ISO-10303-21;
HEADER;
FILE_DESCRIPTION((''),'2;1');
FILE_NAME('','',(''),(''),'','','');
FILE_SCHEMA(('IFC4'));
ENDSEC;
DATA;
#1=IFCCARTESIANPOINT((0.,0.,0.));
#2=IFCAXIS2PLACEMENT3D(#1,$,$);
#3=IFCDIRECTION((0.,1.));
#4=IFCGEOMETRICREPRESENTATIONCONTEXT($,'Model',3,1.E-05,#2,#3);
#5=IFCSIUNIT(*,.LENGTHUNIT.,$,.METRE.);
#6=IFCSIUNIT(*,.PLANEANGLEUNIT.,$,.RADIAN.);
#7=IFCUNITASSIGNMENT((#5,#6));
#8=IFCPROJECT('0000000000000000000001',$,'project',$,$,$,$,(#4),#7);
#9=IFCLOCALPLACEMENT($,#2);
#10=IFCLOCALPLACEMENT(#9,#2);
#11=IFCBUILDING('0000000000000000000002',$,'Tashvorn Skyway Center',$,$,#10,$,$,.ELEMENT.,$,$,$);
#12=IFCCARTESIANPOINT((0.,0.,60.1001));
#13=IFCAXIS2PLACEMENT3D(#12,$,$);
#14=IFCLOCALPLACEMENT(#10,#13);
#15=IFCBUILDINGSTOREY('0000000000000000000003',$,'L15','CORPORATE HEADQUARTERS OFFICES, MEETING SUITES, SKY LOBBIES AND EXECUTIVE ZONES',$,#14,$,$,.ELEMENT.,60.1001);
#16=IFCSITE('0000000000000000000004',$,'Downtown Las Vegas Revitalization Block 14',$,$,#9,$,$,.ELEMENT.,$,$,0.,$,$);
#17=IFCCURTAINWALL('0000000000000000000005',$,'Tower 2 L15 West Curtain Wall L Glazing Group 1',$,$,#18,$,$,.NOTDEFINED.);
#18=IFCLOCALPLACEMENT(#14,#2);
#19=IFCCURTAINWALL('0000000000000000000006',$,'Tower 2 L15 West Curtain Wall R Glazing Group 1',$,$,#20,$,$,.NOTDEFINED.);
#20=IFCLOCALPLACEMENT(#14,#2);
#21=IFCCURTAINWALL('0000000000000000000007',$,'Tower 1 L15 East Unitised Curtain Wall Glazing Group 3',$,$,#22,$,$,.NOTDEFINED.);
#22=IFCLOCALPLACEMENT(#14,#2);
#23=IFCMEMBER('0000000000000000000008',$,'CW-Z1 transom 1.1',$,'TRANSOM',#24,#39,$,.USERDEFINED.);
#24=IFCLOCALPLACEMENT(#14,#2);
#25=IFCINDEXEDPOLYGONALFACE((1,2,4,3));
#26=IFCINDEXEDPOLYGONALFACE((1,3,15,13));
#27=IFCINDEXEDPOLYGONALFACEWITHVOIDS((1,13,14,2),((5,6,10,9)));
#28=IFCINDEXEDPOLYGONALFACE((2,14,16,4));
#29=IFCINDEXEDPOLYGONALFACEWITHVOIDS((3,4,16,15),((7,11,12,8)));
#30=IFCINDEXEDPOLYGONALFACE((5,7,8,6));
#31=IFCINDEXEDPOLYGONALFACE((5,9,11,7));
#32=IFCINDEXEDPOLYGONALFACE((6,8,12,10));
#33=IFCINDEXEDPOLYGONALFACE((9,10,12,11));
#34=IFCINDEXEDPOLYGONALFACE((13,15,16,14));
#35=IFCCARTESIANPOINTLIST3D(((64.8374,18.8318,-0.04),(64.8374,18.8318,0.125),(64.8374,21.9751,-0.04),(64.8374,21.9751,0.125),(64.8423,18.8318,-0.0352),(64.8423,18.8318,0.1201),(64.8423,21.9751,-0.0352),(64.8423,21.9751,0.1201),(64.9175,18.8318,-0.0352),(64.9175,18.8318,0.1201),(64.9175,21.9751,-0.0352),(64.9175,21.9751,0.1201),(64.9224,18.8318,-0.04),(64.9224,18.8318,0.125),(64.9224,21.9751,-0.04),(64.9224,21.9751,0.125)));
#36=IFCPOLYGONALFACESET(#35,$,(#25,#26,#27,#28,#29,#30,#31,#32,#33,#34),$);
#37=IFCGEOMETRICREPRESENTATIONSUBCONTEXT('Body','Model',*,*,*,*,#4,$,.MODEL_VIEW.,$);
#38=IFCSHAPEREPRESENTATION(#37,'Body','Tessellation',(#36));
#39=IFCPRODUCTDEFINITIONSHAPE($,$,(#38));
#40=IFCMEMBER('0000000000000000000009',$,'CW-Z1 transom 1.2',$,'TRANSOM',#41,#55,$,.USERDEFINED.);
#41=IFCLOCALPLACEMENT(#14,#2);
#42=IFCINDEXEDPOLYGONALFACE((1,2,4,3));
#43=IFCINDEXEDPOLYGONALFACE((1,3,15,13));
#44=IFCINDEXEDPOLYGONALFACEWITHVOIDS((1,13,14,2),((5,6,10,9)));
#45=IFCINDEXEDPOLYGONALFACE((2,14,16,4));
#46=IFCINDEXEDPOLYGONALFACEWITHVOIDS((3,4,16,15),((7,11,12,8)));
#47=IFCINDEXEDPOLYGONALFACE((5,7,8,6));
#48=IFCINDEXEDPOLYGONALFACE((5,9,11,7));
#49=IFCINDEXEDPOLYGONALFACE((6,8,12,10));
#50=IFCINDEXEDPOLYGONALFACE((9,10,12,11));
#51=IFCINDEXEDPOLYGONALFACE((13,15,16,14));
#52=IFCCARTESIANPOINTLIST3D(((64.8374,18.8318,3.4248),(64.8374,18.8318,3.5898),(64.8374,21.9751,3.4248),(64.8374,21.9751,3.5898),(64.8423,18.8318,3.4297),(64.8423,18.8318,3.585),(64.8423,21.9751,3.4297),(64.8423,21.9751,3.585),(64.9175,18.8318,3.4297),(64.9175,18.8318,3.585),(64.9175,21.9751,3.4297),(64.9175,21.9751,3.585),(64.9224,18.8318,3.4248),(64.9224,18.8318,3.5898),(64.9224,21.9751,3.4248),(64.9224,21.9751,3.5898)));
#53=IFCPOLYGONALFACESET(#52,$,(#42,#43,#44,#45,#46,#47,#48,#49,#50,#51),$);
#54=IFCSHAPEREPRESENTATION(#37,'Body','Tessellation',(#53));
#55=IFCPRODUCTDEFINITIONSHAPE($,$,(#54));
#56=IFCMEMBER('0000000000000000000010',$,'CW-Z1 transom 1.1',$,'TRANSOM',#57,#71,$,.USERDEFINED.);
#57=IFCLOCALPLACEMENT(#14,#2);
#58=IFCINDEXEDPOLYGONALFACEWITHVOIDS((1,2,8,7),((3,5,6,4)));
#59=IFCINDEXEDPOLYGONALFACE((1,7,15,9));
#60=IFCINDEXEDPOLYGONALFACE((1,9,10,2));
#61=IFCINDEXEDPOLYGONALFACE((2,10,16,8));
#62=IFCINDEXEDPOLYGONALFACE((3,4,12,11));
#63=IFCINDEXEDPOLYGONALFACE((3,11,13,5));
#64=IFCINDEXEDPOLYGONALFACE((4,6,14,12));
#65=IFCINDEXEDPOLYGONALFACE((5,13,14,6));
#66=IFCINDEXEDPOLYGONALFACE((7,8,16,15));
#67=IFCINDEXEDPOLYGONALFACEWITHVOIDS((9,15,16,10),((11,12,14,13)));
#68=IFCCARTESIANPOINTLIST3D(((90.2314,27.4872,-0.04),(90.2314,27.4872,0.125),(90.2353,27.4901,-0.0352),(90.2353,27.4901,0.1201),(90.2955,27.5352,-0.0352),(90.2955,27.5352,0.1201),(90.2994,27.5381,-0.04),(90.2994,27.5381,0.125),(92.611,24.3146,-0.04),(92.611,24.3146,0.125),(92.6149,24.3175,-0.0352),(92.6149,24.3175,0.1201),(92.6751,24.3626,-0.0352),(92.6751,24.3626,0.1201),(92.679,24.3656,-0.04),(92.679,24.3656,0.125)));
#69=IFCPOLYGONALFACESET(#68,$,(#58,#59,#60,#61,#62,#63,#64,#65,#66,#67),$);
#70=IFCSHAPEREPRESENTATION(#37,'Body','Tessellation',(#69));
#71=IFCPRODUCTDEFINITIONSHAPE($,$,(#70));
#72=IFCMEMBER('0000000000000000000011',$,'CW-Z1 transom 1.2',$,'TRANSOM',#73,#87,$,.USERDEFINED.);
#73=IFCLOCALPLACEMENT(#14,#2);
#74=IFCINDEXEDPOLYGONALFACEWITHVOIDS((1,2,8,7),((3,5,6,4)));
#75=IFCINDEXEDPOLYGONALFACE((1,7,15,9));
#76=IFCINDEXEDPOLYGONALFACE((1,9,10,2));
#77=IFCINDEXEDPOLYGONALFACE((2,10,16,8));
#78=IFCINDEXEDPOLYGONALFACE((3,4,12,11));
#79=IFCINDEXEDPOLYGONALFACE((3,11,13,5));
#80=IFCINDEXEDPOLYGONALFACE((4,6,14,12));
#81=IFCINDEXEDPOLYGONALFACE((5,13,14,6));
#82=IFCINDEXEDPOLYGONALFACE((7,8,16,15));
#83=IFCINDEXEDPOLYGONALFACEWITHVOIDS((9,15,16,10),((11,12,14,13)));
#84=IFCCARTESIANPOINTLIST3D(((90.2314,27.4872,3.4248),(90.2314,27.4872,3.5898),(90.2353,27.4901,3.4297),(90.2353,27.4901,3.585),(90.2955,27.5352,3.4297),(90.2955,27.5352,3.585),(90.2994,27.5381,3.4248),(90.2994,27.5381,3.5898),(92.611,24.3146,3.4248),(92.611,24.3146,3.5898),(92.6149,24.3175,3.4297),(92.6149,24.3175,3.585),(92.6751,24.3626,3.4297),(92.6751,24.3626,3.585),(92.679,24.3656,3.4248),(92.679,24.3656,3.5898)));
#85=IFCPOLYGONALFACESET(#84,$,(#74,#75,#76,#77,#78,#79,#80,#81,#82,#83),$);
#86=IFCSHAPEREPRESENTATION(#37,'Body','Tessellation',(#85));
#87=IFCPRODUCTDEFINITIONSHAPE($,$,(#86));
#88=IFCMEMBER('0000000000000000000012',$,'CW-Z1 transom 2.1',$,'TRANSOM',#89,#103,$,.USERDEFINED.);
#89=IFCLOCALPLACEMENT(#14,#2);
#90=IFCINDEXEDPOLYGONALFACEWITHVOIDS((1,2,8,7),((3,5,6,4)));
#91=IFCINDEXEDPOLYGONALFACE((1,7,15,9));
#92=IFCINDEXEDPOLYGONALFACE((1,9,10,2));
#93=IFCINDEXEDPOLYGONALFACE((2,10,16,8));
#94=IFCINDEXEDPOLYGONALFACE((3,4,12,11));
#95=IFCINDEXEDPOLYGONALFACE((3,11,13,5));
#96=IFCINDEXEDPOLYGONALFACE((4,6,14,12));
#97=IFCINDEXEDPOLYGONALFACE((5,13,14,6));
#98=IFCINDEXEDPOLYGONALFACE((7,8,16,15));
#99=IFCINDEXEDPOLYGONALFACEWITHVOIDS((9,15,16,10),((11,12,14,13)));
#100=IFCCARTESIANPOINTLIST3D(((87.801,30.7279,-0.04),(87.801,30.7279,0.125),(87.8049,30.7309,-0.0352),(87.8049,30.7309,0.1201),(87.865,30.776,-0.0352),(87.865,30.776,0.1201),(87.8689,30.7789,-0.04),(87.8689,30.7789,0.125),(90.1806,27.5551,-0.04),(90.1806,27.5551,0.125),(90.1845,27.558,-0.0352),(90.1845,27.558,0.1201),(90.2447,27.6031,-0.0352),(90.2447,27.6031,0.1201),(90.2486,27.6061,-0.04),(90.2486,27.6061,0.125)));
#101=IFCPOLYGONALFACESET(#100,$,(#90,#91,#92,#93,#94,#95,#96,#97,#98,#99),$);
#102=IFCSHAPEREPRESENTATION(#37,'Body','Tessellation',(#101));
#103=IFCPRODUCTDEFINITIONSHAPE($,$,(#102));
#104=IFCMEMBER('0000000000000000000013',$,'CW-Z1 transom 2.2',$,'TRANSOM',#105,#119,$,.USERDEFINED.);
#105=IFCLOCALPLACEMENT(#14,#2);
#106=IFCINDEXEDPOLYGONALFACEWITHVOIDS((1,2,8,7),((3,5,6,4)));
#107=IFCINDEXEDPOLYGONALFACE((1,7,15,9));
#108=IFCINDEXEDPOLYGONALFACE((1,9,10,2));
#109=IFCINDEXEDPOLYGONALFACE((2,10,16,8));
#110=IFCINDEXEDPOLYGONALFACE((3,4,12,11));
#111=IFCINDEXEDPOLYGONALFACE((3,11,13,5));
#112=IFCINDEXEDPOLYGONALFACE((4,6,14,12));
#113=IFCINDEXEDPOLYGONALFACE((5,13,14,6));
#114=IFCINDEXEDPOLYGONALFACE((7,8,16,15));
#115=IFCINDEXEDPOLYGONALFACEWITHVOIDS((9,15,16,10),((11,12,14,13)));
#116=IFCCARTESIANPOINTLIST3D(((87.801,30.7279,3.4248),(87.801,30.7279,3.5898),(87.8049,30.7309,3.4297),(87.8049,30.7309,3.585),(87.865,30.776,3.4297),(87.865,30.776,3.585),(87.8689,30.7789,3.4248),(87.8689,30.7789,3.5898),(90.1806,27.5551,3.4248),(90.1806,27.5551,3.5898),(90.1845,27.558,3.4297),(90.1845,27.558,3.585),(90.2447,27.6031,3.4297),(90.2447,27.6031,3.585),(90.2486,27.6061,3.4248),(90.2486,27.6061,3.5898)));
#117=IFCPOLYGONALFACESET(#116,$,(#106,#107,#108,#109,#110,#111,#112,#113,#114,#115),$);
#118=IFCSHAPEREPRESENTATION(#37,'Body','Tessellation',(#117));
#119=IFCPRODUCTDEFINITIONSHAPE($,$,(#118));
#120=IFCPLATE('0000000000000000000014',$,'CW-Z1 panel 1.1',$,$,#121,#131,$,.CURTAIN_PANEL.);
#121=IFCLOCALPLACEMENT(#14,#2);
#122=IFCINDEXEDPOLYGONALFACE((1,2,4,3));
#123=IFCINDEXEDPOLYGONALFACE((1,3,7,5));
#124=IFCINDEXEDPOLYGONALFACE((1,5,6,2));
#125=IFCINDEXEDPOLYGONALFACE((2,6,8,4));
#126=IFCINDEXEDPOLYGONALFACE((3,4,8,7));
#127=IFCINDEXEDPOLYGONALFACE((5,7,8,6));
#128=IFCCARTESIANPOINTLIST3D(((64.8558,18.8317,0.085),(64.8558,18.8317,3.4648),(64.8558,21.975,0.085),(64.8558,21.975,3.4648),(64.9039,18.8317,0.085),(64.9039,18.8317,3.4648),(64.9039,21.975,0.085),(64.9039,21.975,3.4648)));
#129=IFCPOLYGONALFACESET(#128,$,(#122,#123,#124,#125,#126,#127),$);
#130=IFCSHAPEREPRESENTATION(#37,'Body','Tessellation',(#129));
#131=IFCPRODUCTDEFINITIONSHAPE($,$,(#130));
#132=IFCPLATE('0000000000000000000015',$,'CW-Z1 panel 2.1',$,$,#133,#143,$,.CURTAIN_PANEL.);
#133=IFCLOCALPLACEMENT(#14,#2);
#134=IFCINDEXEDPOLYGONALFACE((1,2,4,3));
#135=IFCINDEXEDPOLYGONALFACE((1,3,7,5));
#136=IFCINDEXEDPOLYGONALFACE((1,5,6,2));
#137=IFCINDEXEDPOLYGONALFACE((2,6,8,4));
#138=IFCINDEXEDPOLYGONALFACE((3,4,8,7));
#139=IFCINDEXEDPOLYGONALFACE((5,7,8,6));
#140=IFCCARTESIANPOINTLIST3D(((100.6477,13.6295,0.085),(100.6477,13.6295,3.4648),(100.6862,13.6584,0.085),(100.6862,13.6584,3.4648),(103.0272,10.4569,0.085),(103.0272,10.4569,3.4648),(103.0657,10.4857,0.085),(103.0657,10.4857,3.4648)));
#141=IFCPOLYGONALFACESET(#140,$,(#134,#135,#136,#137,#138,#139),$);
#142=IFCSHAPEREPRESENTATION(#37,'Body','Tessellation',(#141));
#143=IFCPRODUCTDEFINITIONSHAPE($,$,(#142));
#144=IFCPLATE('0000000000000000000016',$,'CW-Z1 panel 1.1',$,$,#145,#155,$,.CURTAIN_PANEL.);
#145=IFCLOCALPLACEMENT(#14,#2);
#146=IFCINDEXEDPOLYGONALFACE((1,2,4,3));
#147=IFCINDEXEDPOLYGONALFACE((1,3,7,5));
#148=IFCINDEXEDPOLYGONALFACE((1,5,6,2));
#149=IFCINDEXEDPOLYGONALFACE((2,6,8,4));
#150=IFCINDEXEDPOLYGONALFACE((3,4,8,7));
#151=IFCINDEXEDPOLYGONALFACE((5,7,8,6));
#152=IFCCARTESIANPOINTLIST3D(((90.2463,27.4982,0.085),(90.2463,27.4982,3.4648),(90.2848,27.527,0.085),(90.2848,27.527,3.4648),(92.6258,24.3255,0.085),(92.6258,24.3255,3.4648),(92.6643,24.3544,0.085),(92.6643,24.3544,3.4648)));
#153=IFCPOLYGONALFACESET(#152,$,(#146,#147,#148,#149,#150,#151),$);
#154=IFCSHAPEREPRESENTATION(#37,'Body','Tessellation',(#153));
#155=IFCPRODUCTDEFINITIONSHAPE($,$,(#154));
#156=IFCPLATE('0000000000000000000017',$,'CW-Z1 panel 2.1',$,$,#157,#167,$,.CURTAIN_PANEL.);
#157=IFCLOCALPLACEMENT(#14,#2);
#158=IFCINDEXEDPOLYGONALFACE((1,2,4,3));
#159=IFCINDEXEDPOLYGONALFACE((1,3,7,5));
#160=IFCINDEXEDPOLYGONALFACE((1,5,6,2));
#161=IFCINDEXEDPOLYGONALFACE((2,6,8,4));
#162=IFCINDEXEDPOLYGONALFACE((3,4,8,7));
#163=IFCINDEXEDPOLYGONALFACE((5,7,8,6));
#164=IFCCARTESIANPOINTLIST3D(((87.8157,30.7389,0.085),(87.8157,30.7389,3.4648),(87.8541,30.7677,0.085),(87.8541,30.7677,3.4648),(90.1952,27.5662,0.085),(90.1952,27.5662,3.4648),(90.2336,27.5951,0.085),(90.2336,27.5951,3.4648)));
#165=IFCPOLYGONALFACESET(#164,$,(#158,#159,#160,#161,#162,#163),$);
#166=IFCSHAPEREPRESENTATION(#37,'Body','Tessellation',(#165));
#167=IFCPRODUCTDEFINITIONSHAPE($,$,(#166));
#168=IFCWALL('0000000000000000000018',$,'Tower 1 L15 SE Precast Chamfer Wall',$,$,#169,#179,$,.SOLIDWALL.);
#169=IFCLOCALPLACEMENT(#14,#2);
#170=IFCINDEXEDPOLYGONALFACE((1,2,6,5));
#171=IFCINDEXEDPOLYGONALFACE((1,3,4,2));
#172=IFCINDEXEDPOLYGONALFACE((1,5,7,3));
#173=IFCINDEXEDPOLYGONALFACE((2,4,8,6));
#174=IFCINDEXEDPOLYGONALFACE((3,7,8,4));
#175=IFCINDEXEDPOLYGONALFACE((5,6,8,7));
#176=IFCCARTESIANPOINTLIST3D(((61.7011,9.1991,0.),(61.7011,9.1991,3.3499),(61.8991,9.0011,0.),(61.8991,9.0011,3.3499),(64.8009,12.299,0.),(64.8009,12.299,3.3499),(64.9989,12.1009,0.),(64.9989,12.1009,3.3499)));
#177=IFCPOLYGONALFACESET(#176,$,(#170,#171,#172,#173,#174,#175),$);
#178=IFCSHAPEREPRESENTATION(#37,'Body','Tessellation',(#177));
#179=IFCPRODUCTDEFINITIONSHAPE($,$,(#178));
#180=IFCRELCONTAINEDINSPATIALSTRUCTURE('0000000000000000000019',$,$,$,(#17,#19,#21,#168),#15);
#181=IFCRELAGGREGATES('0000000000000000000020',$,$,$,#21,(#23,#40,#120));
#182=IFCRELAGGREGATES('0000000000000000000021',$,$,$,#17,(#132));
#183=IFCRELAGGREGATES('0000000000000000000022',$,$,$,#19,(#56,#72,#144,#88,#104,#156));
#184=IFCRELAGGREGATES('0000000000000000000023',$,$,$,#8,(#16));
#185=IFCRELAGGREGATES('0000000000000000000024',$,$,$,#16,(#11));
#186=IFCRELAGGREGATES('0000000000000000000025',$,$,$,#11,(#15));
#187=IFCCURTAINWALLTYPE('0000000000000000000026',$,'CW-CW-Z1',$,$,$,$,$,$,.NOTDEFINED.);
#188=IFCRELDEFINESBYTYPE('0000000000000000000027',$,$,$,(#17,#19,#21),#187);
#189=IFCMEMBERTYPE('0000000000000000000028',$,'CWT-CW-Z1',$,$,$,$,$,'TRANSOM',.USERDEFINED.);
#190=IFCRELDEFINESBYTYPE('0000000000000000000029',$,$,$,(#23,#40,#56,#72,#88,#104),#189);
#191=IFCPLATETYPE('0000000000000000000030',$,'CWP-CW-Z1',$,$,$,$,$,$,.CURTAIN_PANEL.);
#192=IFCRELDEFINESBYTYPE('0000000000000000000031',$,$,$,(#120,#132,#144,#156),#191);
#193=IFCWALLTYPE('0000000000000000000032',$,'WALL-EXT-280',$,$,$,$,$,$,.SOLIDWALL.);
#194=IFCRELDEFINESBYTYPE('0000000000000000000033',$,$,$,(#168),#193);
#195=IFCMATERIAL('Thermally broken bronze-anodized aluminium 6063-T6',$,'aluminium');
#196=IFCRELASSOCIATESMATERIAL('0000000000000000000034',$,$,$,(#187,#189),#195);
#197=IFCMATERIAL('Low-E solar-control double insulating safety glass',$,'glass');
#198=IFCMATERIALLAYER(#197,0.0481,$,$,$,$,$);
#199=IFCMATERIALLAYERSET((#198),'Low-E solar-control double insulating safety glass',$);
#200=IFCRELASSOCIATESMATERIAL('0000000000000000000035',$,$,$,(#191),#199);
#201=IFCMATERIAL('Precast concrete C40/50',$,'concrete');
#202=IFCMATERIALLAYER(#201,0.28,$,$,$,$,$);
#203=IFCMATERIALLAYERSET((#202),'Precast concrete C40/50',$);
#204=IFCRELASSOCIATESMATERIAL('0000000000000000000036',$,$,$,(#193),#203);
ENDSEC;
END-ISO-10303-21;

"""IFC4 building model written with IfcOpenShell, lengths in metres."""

from ifc_helpers import new_model, si_unit, direction, frame, frame_2d, origin, origin_2d, place, context, subcontext, project, spatial, rectangle, hollow_rectangle, extrude, material, layer, layer_set, material_profile, profile_set, type_object, element, aggregate, save


model = new_model("IFC4")

# Units and contexts
model_context = context("Model", 3, precision=1e-05, world=origin(), true_north=direction((0.0, 1.0)))
body_context = subcontext(model_context, "Body", "Model", "MODEL_VIEW")
ifc_project = project(units=[si_unit("LENGTHUNIT", "METRE"), si_unit("PLANEANGLEUNIT", "RADIAN")], contexts=[model_context])

# Site, building, storey
site_placement = place(None, origin())
site = spatial("IfcSite", under=ifc_project, at=site_placement, Name="Downtown Las Vegas Revitalization Block 14", CompositionType="ELEMENT", RefElevation=0.0)
building_placement = place(site_placement, origin())
building = spatial("IfcBuilding", under=site, at=building_placement, Name="Tashvorn Skyway Center", CompositionType="ELEMENT")
storey_placement = place(building_placement, frame((0.0, 0.0, 60.1001)))
storey = spatial("IfcBuildingStorey", under=building, at=storey_placement, Name="L15", Description="CORPORATE HEADQUARTERS OFFICES, MEETING SUITES, SKY LOBBIES AND EXECUTIVE ZONES", CompositionType="ELEMENT", Elevation=60.1001)

# Curtain wall
ifc_material_1 = material(Name="Thermally broken bronze-anodized aluminium 6063-T6", Category="aluminium")
curtain_wall_type = type_object("IfcCurtainWallType", Name="CW-CW-Z1", PredefinedType="NOTDEFINED", material=ifc_material_1)
curtain_wall_1_placement = place(storey_placement, origin())
curtain_wall_1 = element("IfcCurtainWall", 1, at=curtain_wall_1_placement, inside=storey, type_object=curtain_wall_type, Name="Tower 2 L15 West Curtain Wall L Glazing Group 1", PredefinedType="NOTDEFINED")

# Curtain walls, members
curtain_wall_2_placement = place(storey_placement, origin())
curtain_wall_2 = element("IfcCurtainWall", 2, at=curtain_wall_2_placement, inside=storey, type_object=curtain_wall_type, Name="Tower 2 L15 West Curtain Wall R Glazing Group 1", PredefinedType="NOTDEFINED")
curtain_wall_3_placement = place(storey_placement, origin())
curtain_wall_3 = element("IfcCurtainWall", 3, at=curtain_wall_3_placement, inside=storey, type_object=curtain_wall_type, Name="Tower 1 L15 East Unitised Curtain Wall Glazing Group 3", PredefinedType="NOTDEFINED")
ifc_material_profile_1 = material_profile(ifc_material_1, hollow_rectangle(XDim=0.085, YDim=0.165, WallThickness=0.0049, at=origin_2d()), Name="ALU-TRAN-85x165")
ifc_profile_set_1 = profile_set([ifc_material_profile_1], Name="Thermally broken bronze-anodized aluminium 6063-T6")
member_type_1 = type_object("IfcMemberType", Name="CWT-CW-Z1", ElementType="TRANSOM", PredefinedType="USERDEFINED", material=ifc_profile_set_1)
member_1_placement = place(storey_placement, frame((64.8799, 21.9751, 0.0425), z_axis=(0.0, -1.0, 0.0), x_axis=(1.0, 0.0, 0.0)))
member_1 = element("IfcMember", 4, at=member_1_placement, type_object=member_type_1, Name="CW-Z1 transom 1.1", ObjectType="TRANSOM", PredefinedType="USERDEFINED", context=body_context, shape_type="SweptSolid", body=[
    extrude(hollow_rectangle(XDim=0.085, YDim=0.165, WallThickness=0.0049, at=origin_2d()), origin(), (0.0, 0.0, 1.0), 3.1433),
])
member_2_placement = place(storey_placement, frame((64.8799, 21.9751, 3.5073), z_axis=(0.0, -1.0, 0.0), x_axis=(1.0, 0.0, 0.0)))
member_2 = element("IfcMember", 5, at=member_2_placement, type_object=member_type_1, Name="CW-Z1 transom 1.2", ObjectType="TRANSOM", PredefinedType="USERDEFINED", context=body_context, shape_type="SweptSolid", body=[
    extrude(hollow_rectangle(XDim=0.085, YDim=0.165, WallThickness=0.0049, at=origin_2d()), origin(), (0.0, 0.0, 1.0), 3.1433),
])

# Members
member_3_placement = place(storey_placement, frame((92.645, 24.3401, 0.0425), z_axis=(-0.60003, 0.799978, 0.0), x_axis=(-0.799978, -0.60003, 0.0)))
member_3 = element("IfcMember", 6, at=member_3_placement, type_object=member_type_1, Name="CW-Z1 transom 1.1", ObjectType="TRANSOM", PredefinedType="USERDEFINED", context=body_context, shape_type="SweptSolid", body=[
    extrude(hollow_rectangle(XDim=0.085, YDim=0.165, WallThickness=0.0049, at=origin_2d()), origin(), (0.0, 0.0, 1.0), 3.9658),
])
member_4_placement = place(storey_placement, frame((92.645, 24.3401, 3.5073), z_axis=(-0.60003, 0.799978, 0.0), x_axis=(-0.799978, -0.60003, 0.0)))
member_4 = element("IfcMember", 7, at=member_4_placement, type_object=member_type_1, Name="CW-Z1 transom 1.2", ObjectType="TRANSOM", PredefinedType="USERDEFINED", context=body_context, shape_type="SweptSolid", body=[
    extrude(hollow_rectangle(XDim=0.085, YDim=0.165, WallThickness=0.0049, at=origin_2d()), origin(), (0.0, 0.0, 1.0), 3.9658),
])
member_5_placement = place(storey_placement, frame((90.2146, 27.5806, 0.0425), z_axis=(-0.6, 0.8, 0.0), x_axis=(-0.8, -0.6, 0.0)))
member_5 = element("IfcMember", 8, at=member_5_placement, type_object=member_type_1, Name="CW-Z1 transom 2.1", ObjectType="TRANSOM", PredefinedType="USERDEFINED", context=body_context, shape_type="SweptSolid", body=[
    extrude(hollow_rectangle(XDim=0.085, YDim=0.165, WallThickness=0.0049, at=origin_2d()), origin(), (0.0, 0.0, 1.0), 3.9661),
])
member_6_placement = place(storey_placement, frame((90.2146, 27.5806, 3.5073), z_axis=(-0.6, 0.8, 0.0), x_axis=(-0.8, -0.6, 0.0)))
member_6 = element("IfcMember", 9, at=member_6_placement, type_object=member_type_1, Name="CW-Z1 transom 2.2", ObjectType="TRANSOM", PredefinedType="USERDEFINED", context=body_context, shape_type="SweptSolid", body=[
    extrude(hollow_rectangle(XDim=0.085, YDim=0.165, WallThickness=0.0049, at=origin_2d()), origin(), (0.0, 0.0, 1.0), 3.9661),
])

# Plates
ifc_material_2 = material(Name="Low-E solar-control double insulating safety glass", Category="glass")
ifc_layer_1 = layer(ifc_material_2, 0.0481)
ifc_layer_set_1 = layer_set([ifc_layer_1], Name="Low-E solar-control double insulating safety glass")
plate_type = type_object("IfcPlateType", Name="CWP-CW-Z1", PredefinedType="CURTAIN_PANEL", material=ifc_layer_set_1)
plate_1_placement = place(storey_placement, frame((64.8799, 20.4033, 0.085), z_axis=(0.0, 0.0, 1.0), x_axis=(0.0, -1.0, 0.0)))
plate_1 = element("IfcPlate", 10, at=plate_1_placement, type_object=plate_type, Name="CW-Z1 panel 1.1", PredefinedType="CURTAIN_PANEL", context=body_context, shape_type="SweptSolid", body=[
    extrude(rectangle(XDim=3.1433, YDim=0.0481, at=origin_2d()), origin(), (0.0, 0.0, 1.0), 3.3799),
])
aggregate(curtain_wall_3, [member_1, member_2, plate_1])
plate_2_placement = place(storey_placement, frame((101.8567, 12.0576, 0.085), z_axis=(0.0, 0.0, 1.0), x_axis=(-0.600002, 0.799999, 0.0)))
plate_2 = element("IfcPlate", 11, at=plate_2_placement, type_object=plate_type, Name="CW-Z1 panel 2.1", PredefinedType="CURTAIN_PANEL", context=body_context, shape_type="SweptSolid", body=[
    extrude(rectangle(XDim=3.9658, YDim=0.0481, at=origin_2d()), origin(), (0.0, 0.0, 1.0), 3.3799),
])
aggregate(curtain_wall_1, [plate_2])
plate_3_placement = place(storey_placement, frame((91.4553, 25.9263, 0.085), z_axis=(0.0, 0.0, 1.0), x_axis=(-0.600002, 0.799999, 0.0)))
plate_3 = element("IfcPlate", 12, at=plate_3_placement, type_object=plate_type, Name="CW-Z1 panel 1.1", PredefinedType="CURTAIN_PANEL", context=body_context, shape_type="SweptSolid", body=[
    extrude(rectangle(XDim=3.9658, YDim=0.0481, at=origin_2d()), origin(), (0.0, 0.0, 1.0), 3.3799),
])
plate_4_placement = place(storey_placement, frame((89.0247, 29.167, 0.085), z_axis=(0.0, 0.0, 1.0), x_axis=(-0.600002, 0.799999, 0.0)))
plate_4 = element("IfcPlate", 13, at=plate_4_placement, type_object=plate_type, Name="CW-Z1 panel 2.1", PredefinedType="CURTAIN_PANEL", context=body_context, shape_type="SweptSolid", body=[
    extrude(rectangle(XDim=3.9658, YDim=0.0481, at=origin_2d()), origin(), (0.0, 0.0, 1.0), 3.3799),
])
aggregate(curtain_wall_2, [member_3, member_4, plate_3, member_5, member_6, plate_4])

# Wall
ifc_material_3 = material(Name="Precast concrete C40/50", Category="concrete")
ifc_layer_2 = layer(ifc_material_3, 0.28)
ifc_layer_set_2 = layer_set([ifc_layer_2], Name="Precast concrete C40/50")
wall_type = type_object("IfcWallType", Name="WALL-EXT-280", PredefinedType="SOLIDWALL", material=ifc_layer_set_2)
wall_1_placement = place(storey_placement, frame((64.8999, 12.2, 0.0), z_axis=(0.0, 0.0, 1.0), x_axis=(-0.707107, -0.707107, 0.0)))
element("IfcWall", 14, at=wall_1_placement, inside=storey, type_object=wall_type, Name="Tower 1 L15 SE Precast Chamfer Wall", PredefinedType="SOLIDWALL", context=body_context, shape_type="SweptSolid", body=[
    extrude(rectangle(XDim=4.3838, YDim=0.28, at=frame_2d((2.1919, 0.0))), origin(), (0.0, 0.0, 1.0), 3.3499),
])

save(model, "model.ifc")
